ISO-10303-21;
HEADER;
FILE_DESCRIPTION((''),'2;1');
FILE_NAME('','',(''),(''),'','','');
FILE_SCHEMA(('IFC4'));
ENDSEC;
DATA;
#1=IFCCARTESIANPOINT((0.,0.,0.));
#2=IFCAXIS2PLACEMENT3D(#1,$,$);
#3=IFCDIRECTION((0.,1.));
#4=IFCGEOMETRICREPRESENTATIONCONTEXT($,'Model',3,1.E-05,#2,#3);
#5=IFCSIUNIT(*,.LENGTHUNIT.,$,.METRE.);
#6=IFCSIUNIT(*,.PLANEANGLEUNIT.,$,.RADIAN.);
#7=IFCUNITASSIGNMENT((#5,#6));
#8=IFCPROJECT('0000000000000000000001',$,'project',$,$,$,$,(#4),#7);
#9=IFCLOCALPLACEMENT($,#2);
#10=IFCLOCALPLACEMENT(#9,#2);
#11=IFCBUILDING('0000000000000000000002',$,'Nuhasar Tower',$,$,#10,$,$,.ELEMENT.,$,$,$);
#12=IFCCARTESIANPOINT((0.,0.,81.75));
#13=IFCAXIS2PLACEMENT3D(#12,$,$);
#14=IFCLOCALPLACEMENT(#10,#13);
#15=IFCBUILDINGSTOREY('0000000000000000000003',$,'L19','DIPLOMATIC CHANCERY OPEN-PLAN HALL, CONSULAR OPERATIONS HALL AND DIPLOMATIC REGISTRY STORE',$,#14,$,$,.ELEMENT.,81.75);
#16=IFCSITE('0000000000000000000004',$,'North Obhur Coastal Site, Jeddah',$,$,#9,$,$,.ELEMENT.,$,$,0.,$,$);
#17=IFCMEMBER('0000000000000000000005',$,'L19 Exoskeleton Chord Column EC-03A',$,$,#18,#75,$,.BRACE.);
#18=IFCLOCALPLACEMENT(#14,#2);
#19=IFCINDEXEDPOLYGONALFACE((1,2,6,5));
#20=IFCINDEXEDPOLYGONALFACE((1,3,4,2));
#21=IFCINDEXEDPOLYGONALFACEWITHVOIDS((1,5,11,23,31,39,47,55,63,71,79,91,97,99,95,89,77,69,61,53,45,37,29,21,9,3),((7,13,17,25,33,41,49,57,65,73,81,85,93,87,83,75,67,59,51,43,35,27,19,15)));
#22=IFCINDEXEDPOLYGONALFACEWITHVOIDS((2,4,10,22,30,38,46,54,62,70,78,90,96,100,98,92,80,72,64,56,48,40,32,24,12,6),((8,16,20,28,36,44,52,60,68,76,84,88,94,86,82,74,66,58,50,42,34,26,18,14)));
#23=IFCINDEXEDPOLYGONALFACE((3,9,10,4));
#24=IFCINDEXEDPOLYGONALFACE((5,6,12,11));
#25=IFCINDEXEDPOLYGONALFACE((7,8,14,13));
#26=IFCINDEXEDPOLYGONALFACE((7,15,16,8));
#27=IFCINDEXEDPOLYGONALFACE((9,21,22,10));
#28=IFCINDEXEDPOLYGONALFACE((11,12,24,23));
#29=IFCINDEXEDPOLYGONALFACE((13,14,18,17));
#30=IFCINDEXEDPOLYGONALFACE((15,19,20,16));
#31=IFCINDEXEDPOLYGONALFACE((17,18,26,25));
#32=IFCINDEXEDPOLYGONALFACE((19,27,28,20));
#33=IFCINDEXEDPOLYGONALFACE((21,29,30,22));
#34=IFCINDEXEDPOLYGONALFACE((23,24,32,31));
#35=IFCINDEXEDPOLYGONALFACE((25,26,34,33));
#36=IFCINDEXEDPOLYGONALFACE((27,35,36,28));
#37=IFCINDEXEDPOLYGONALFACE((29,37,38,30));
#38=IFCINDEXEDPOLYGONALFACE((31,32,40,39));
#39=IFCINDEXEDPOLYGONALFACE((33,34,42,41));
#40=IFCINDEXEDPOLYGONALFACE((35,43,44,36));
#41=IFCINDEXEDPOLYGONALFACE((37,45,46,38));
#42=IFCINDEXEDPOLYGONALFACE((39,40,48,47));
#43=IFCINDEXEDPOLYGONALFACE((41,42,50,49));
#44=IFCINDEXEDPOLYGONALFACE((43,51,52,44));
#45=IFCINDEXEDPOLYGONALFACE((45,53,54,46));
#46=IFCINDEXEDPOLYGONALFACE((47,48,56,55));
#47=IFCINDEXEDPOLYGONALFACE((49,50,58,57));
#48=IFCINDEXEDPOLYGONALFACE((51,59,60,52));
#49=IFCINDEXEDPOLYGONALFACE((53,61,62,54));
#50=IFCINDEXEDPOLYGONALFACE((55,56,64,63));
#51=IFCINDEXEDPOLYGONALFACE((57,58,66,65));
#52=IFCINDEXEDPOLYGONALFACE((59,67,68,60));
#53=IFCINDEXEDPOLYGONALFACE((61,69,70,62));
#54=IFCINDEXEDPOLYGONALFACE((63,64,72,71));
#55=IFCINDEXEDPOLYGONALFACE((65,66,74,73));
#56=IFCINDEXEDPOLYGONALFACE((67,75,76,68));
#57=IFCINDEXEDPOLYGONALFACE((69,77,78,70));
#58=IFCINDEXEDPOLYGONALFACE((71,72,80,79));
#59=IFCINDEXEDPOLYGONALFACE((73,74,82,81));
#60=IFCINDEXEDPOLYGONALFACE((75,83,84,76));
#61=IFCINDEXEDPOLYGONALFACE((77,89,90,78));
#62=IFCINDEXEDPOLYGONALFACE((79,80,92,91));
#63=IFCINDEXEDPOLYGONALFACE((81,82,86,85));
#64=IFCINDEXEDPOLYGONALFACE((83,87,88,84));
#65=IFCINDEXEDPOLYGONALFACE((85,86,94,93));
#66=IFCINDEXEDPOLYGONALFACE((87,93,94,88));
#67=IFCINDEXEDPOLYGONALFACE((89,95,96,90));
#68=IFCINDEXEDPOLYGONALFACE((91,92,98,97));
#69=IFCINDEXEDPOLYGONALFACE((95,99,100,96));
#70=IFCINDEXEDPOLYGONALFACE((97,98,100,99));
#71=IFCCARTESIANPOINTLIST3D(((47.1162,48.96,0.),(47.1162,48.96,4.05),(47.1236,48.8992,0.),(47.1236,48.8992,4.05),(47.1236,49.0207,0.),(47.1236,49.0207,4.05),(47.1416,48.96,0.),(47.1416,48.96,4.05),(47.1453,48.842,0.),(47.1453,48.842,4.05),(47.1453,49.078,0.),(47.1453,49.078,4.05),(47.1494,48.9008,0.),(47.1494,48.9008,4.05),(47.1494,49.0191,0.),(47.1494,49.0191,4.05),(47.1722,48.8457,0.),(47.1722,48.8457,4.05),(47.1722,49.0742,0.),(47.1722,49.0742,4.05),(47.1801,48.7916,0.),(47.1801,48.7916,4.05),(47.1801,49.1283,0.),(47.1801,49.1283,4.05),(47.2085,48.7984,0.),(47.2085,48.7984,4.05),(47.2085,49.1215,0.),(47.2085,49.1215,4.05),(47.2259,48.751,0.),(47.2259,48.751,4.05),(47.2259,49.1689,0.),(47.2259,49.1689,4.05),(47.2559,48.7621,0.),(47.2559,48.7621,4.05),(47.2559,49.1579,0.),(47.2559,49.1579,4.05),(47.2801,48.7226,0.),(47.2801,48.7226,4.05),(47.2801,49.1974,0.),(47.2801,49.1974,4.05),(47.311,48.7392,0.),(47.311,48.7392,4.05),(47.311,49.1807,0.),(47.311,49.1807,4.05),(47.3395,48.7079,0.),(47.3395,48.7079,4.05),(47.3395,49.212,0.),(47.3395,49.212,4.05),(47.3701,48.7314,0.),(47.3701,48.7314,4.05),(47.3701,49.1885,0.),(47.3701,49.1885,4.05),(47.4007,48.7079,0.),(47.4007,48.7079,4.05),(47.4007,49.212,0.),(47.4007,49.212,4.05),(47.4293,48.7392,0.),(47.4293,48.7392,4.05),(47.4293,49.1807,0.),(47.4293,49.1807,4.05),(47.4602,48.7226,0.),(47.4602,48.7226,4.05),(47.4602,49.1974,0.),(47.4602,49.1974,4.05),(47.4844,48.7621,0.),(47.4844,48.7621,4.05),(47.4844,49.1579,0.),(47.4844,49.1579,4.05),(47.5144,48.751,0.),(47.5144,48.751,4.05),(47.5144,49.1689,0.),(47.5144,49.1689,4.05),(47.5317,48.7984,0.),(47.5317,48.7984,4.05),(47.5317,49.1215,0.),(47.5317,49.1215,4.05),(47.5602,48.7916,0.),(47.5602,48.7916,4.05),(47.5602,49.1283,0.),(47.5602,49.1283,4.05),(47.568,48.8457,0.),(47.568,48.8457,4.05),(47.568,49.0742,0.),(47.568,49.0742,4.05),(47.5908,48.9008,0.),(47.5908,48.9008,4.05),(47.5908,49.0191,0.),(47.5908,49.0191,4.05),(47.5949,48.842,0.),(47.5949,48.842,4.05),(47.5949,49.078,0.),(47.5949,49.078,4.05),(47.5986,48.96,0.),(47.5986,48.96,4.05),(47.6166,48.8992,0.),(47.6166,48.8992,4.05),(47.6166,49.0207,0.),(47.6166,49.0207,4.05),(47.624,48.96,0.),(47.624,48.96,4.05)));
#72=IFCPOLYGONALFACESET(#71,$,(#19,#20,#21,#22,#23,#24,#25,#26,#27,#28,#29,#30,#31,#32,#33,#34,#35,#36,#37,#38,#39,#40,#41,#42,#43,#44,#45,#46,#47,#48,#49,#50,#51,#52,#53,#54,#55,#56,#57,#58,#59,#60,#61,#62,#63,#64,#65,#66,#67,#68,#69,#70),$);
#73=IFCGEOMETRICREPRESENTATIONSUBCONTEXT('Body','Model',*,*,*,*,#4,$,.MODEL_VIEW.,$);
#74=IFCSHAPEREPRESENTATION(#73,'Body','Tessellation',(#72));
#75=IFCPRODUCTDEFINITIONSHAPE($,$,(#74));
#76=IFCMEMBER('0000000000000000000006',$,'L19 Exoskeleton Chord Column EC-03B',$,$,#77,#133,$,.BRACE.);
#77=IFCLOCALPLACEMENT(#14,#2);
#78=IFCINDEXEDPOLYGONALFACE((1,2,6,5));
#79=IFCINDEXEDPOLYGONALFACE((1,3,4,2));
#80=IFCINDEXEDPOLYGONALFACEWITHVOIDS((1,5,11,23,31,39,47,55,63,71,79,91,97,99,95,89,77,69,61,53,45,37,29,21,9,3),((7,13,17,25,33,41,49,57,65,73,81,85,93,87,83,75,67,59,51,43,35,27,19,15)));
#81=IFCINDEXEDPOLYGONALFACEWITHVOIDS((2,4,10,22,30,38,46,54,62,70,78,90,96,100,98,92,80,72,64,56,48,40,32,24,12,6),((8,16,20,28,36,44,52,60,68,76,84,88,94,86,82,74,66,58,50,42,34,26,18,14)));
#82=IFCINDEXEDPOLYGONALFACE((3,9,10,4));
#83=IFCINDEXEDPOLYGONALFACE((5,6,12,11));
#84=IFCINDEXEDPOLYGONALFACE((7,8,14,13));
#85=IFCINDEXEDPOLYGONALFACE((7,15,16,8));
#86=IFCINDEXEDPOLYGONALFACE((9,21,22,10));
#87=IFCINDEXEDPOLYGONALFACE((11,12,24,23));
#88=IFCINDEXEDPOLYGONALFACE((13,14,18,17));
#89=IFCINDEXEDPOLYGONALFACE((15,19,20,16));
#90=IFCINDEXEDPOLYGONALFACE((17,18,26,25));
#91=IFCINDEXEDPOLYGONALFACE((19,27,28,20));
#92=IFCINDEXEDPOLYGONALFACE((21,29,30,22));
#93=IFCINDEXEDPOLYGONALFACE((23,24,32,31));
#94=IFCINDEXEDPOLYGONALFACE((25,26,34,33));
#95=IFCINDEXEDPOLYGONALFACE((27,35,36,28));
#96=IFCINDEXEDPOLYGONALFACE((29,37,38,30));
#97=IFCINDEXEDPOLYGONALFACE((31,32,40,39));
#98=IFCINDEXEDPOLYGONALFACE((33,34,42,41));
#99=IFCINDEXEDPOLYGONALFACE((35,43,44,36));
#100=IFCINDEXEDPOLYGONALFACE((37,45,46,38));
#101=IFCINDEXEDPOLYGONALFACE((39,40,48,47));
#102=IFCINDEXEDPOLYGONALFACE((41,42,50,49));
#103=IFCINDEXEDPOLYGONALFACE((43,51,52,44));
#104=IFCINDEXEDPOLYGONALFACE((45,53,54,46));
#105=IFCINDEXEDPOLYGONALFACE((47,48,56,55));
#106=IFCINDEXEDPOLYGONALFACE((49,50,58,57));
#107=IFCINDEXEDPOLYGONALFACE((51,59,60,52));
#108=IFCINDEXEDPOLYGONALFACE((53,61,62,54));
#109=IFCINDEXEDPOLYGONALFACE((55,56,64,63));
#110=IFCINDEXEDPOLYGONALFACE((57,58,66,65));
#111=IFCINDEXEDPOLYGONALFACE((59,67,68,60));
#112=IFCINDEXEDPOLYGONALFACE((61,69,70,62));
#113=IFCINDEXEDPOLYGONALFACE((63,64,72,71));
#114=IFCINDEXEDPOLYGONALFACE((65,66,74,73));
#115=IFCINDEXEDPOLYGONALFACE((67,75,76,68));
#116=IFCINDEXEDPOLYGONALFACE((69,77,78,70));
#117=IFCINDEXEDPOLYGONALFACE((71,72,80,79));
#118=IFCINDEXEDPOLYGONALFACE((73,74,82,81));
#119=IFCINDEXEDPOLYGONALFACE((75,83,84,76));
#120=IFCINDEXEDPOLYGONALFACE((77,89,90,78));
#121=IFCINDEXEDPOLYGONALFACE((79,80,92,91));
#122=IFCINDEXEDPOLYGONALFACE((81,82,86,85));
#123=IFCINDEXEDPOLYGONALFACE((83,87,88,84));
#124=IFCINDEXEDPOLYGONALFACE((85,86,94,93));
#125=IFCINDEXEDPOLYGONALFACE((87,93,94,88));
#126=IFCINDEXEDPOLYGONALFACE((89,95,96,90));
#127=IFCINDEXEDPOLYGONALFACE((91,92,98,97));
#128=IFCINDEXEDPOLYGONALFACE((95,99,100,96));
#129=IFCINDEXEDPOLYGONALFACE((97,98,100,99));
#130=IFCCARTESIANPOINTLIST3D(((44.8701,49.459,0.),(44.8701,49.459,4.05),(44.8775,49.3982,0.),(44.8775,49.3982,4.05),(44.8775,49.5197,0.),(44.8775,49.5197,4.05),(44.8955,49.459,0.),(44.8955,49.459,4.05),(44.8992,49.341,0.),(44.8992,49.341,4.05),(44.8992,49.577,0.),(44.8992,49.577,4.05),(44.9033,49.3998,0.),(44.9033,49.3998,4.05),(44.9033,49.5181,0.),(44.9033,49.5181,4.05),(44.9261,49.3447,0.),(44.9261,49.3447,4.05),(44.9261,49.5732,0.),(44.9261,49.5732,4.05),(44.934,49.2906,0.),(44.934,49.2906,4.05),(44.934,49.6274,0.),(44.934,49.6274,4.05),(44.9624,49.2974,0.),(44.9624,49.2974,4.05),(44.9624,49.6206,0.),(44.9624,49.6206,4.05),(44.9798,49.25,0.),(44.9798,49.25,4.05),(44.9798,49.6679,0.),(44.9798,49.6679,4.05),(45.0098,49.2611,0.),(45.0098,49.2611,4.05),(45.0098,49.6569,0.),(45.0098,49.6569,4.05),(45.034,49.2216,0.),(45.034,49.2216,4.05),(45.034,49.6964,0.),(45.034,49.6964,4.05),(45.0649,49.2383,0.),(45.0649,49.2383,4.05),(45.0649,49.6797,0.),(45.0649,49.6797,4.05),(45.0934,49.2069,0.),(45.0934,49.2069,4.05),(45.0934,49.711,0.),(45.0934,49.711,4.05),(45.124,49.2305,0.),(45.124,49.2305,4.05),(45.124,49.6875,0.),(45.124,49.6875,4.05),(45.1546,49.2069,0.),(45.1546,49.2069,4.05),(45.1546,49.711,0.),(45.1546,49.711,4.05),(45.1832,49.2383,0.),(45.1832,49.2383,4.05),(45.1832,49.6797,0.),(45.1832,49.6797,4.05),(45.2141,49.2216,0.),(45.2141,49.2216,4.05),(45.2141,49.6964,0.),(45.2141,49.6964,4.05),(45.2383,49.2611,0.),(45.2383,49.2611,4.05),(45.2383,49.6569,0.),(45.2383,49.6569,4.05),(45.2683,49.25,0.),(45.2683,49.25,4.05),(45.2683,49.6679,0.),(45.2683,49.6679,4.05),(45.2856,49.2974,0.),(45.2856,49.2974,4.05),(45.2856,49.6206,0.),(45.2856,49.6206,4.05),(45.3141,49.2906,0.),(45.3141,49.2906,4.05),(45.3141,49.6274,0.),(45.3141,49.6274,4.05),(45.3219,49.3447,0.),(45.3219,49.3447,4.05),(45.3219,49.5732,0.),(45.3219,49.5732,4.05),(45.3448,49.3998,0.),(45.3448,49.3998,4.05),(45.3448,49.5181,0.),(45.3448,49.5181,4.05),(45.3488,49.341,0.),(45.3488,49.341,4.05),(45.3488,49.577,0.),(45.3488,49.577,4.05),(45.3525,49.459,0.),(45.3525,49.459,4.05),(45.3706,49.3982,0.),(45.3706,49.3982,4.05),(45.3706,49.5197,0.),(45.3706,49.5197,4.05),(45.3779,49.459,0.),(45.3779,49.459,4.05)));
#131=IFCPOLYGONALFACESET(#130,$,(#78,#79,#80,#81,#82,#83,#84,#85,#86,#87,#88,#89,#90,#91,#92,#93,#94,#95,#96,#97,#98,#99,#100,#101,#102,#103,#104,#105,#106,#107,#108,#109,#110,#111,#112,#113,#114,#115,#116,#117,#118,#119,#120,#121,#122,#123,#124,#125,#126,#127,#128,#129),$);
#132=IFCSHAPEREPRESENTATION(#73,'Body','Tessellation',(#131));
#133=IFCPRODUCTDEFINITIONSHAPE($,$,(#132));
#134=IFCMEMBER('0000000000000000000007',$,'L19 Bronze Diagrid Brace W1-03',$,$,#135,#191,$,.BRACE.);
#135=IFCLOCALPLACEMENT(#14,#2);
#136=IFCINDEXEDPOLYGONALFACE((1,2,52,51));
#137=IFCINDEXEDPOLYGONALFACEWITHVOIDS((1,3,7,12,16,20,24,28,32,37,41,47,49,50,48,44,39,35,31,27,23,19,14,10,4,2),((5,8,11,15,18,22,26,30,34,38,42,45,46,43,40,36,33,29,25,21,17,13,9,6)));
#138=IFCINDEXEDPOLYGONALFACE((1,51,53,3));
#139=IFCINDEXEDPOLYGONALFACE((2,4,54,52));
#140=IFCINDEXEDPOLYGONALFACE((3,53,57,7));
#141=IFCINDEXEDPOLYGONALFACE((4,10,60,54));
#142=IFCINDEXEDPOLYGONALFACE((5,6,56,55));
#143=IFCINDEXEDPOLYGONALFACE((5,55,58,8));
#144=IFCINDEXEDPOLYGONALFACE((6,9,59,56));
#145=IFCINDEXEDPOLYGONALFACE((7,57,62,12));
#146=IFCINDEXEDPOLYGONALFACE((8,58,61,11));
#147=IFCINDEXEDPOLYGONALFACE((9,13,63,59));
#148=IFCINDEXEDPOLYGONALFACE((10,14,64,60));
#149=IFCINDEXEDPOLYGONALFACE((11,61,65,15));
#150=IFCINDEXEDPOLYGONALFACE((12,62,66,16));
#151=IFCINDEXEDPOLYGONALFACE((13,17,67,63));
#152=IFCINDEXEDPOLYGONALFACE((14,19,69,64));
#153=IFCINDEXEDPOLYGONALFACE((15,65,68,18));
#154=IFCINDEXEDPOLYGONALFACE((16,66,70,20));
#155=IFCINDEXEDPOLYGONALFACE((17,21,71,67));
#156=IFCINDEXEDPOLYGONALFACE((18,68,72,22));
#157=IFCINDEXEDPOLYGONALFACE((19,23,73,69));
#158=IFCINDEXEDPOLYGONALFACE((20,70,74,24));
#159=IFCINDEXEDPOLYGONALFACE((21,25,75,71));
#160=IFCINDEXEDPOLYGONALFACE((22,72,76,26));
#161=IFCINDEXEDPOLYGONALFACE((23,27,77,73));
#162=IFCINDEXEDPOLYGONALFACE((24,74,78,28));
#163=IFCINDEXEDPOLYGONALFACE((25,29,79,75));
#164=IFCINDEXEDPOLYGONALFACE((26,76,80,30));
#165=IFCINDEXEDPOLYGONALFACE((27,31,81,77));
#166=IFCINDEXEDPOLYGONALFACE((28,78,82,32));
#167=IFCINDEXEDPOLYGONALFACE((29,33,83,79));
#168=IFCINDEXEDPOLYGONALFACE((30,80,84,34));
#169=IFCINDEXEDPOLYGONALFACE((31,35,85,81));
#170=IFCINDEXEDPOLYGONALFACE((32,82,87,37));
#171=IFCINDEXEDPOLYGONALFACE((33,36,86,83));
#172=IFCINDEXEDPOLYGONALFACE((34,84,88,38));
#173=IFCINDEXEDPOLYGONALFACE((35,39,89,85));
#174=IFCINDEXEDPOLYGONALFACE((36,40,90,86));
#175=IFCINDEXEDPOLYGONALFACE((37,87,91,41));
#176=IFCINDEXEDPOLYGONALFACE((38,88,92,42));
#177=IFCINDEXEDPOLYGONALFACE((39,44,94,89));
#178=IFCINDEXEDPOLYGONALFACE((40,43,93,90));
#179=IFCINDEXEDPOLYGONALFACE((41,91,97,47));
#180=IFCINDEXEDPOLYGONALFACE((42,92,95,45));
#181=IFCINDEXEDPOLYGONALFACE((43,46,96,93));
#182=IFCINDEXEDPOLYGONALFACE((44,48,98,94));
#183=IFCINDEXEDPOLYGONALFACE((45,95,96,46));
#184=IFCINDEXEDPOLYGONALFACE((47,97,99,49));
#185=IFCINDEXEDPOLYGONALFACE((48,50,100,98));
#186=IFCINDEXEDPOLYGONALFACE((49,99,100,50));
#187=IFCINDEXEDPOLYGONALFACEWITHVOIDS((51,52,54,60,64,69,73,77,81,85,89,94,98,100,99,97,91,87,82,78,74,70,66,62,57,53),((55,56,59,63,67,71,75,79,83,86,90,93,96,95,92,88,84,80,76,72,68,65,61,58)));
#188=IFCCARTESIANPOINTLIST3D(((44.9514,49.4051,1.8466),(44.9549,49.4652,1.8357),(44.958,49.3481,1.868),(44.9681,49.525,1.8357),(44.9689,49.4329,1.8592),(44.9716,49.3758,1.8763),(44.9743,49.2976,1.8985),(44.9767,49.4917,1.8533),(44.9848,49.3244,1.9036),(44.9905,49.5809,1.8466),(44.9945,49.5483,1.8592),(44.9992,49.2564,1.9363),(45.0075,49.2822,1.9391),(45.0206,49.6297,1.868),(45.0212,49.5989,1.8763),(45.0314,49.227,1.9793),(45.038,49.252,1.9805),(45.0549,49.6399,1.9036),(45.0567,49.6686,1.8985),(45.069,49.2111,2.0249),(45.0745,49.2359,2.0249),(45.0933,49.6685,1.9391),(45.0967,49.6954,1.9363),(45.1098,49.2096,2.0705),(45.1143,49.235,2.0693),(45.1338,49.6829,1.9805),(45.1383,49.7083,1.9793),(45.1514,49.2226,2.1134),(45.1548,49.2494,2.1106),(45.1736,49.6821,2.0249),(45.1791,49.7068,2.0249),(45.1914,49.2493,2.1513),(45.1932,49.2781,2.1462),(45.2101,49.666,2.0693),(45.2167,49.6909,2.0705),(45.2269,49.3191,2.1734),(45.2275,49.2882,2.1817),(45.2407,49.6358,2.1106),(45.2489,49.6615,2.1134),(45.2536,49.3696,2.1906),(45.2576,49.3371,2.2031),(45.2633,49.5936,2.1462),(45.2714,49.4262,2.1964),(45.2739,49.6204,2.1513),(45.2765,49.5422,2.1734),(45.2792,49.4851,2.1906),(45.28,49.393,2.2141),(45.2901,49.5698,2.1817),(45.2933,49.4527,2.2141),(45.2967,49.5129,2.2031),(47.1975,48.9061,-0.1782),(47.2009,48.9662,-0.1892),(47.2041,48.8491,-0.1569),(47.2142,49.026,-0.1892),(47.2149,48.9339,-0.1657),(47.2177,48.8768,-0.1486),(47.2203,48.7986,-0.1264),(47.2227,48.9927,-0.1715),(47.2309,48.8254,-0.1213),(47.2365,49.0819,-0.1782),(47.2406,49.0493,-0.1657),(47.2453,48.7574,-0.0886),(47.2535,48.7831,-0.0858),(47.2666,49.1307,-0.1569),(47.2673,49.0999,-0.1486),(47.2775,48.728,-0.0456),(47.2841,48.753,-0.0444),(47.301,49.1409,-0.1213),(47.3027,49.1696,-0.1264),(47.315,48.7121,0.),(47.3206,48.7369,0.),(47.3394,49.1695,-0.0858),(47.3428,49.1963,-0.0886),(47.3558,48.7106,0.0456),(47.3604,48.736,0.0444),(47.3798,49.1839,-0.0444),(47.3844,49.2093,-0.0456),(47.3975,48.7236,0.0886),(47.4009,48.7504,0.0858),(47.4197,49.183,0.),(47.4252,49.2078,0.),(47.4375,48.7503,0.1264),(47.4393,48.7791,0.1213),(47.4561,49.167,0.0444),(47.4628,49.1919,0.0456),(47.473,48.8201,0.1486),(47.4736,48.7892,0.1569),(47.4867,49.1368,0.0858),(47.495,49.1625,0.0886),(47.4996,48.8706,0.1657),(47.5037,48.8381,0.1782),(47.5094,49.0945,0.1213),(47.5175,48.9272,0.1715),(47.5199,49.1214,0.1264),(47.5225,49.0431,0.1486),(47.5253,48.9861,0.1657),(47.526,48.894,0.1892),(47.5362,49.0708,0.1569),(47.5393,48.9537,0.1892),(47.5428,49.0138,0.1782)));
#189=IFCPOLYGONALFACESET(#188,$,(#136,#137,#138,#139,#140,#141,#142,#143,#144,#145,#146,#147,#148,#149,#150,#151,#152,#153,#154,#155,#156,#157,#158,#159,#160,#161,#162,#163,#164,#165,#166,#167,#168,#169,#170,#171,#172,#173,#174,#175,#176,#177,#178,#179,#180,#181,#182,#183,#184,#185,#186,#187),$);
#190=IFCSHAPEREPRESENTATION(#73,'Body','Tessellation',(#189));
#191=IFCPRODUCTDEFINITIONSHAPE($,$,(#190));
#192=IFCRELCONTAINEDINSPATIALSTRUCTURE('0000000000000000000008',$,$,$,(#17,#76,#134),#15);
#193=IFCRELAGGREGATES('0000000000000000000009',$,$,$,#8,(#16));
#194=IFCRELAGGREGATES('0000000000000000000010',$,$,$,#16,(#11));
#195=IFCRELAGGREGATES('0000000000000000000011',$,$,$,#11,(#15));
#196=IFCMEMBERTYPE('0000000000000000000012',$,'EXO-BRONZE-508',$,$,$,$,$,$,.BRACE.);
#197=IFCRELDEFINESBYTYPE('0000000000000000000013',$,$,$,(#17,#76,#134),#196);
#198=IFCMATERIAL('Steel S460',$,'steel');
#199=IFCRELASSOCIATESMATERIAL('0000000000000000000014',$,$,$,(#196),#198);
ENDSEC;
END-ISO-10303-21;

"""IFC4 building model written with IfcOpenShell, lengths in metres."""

from ifc_helpers import new_model, si_unit, direction, frame, origin, origin_2d, place, context, subcontext, project, spatial, hollow_circle, extrude, material, material_profile, profile_set, type_object, element, save


model = new_model("IFC4")

# Units and contexts
model_context = context("Model", 3, precision=1e-05, world=origin(), true_north=direction((0.0, 1.0)))
body_context = subcontext(model_context, "Body", "Model", "MODEL_VIEW")
ifc_project = project(units=[si_unit("LENGTHUNIT", "METRE"), si_unit("PLANEANGLEUNIT", "RADIAN")], contexts=[model_context])

# Site, building, storey
site_placement = place(None, origin())
site = spatial("IfcSite", under=ifc_project, at=site_placement, Name="North Obhur Coastal Site, Jeddah", CompositionType="ELEMENT", RefElevation=0.0)
building_placement = place(site_placement, origin())
building = spatial("IfcBuilding", under=site, at=building_placement, Name="Nuhasar Tower", CompositionType="ELEMENT")
storey_placement = place(building_placement, frame((0.0, 0.0, 81.75)))
storey = spatial("IfcBuildingStorey", under=building, at=storey_placement, Name="L19", Description="DIPLOMATIC CHANCERY OPEN-PLAN HALL, CONSULAR OPERATIONS HALL AND DIPLOMATIC REGISTRY STORE", CompositionType="ELEMENT", Elevation=81.75)

# Members
ifc_material_1 = material(Name="Steel S460", Category="steel")
ifc_material_profile_1 = material_profile(ifc_material_1, hollow_circle(Radius=0.2539, WallThickness=0.0254, at=origin_2d()), Name="HSS508X25.4")
ifc_profile_set_1 = profile_set([ifc_material_profile_1], Name="Steel S460")
member_type_1 = type_object("IfcMemberType", Name="EXO-BRONZE-508", PredefinedType="BRACE", material=ifc_profile_set_1)
for number, where, z_axis, x_axis, name in (
    (1, (47.3701, 48.96, 0.0), (0.0, 0.0, 1.0), (1.0, 0.0, 0.0), "L19 Exoskeleton Chord Column EC-03A"),
    (2, (45.124, 49.459, 0.0), (0.0, 0.0, 1.0), (1.0, 0.0, 0.0), "L19 Exoskeleton Chord Column EC-03B"),
):
    element("IfcMember", number, at=place(storey_placement, frame(where, z_axis=z_axis, x_axis=x_axis)), inside=storey, type_object=member_type_1, Name=name, PredefinedType="BRACE", context=body_context, shape_type="SweptSolid", body=[
        extrude(hollow_circle(Radius=0.2539, WallThickness=0.0254, at=origin_2d()), origin(), (0.0, 0.0, 1.0), 4.05),
    ])
member_1_placement = place(storey_placement, frame((47.3701, 48.96, 0.0), z_axis=(-0.732821, 0.162814, 0.660654), x_axis=(-0.216886, -0.976197, 0.0)))
element("IfcMember", 3, at=member_1_placement, inside=storey, type_object=member_type_1, Name="L19 Bronze Diagrid Brace W1-03", PredefinedType="BRACE", context=body_context, shape_type="SweptSolid", body=[
    extrude(hollow_circle(Radius=0.2539, WallThickness=0.0254, at=origin_2d()), origin(), (0.0, 0.0, 1.0), 3.0649),
])

save(model, "model.ifc")
